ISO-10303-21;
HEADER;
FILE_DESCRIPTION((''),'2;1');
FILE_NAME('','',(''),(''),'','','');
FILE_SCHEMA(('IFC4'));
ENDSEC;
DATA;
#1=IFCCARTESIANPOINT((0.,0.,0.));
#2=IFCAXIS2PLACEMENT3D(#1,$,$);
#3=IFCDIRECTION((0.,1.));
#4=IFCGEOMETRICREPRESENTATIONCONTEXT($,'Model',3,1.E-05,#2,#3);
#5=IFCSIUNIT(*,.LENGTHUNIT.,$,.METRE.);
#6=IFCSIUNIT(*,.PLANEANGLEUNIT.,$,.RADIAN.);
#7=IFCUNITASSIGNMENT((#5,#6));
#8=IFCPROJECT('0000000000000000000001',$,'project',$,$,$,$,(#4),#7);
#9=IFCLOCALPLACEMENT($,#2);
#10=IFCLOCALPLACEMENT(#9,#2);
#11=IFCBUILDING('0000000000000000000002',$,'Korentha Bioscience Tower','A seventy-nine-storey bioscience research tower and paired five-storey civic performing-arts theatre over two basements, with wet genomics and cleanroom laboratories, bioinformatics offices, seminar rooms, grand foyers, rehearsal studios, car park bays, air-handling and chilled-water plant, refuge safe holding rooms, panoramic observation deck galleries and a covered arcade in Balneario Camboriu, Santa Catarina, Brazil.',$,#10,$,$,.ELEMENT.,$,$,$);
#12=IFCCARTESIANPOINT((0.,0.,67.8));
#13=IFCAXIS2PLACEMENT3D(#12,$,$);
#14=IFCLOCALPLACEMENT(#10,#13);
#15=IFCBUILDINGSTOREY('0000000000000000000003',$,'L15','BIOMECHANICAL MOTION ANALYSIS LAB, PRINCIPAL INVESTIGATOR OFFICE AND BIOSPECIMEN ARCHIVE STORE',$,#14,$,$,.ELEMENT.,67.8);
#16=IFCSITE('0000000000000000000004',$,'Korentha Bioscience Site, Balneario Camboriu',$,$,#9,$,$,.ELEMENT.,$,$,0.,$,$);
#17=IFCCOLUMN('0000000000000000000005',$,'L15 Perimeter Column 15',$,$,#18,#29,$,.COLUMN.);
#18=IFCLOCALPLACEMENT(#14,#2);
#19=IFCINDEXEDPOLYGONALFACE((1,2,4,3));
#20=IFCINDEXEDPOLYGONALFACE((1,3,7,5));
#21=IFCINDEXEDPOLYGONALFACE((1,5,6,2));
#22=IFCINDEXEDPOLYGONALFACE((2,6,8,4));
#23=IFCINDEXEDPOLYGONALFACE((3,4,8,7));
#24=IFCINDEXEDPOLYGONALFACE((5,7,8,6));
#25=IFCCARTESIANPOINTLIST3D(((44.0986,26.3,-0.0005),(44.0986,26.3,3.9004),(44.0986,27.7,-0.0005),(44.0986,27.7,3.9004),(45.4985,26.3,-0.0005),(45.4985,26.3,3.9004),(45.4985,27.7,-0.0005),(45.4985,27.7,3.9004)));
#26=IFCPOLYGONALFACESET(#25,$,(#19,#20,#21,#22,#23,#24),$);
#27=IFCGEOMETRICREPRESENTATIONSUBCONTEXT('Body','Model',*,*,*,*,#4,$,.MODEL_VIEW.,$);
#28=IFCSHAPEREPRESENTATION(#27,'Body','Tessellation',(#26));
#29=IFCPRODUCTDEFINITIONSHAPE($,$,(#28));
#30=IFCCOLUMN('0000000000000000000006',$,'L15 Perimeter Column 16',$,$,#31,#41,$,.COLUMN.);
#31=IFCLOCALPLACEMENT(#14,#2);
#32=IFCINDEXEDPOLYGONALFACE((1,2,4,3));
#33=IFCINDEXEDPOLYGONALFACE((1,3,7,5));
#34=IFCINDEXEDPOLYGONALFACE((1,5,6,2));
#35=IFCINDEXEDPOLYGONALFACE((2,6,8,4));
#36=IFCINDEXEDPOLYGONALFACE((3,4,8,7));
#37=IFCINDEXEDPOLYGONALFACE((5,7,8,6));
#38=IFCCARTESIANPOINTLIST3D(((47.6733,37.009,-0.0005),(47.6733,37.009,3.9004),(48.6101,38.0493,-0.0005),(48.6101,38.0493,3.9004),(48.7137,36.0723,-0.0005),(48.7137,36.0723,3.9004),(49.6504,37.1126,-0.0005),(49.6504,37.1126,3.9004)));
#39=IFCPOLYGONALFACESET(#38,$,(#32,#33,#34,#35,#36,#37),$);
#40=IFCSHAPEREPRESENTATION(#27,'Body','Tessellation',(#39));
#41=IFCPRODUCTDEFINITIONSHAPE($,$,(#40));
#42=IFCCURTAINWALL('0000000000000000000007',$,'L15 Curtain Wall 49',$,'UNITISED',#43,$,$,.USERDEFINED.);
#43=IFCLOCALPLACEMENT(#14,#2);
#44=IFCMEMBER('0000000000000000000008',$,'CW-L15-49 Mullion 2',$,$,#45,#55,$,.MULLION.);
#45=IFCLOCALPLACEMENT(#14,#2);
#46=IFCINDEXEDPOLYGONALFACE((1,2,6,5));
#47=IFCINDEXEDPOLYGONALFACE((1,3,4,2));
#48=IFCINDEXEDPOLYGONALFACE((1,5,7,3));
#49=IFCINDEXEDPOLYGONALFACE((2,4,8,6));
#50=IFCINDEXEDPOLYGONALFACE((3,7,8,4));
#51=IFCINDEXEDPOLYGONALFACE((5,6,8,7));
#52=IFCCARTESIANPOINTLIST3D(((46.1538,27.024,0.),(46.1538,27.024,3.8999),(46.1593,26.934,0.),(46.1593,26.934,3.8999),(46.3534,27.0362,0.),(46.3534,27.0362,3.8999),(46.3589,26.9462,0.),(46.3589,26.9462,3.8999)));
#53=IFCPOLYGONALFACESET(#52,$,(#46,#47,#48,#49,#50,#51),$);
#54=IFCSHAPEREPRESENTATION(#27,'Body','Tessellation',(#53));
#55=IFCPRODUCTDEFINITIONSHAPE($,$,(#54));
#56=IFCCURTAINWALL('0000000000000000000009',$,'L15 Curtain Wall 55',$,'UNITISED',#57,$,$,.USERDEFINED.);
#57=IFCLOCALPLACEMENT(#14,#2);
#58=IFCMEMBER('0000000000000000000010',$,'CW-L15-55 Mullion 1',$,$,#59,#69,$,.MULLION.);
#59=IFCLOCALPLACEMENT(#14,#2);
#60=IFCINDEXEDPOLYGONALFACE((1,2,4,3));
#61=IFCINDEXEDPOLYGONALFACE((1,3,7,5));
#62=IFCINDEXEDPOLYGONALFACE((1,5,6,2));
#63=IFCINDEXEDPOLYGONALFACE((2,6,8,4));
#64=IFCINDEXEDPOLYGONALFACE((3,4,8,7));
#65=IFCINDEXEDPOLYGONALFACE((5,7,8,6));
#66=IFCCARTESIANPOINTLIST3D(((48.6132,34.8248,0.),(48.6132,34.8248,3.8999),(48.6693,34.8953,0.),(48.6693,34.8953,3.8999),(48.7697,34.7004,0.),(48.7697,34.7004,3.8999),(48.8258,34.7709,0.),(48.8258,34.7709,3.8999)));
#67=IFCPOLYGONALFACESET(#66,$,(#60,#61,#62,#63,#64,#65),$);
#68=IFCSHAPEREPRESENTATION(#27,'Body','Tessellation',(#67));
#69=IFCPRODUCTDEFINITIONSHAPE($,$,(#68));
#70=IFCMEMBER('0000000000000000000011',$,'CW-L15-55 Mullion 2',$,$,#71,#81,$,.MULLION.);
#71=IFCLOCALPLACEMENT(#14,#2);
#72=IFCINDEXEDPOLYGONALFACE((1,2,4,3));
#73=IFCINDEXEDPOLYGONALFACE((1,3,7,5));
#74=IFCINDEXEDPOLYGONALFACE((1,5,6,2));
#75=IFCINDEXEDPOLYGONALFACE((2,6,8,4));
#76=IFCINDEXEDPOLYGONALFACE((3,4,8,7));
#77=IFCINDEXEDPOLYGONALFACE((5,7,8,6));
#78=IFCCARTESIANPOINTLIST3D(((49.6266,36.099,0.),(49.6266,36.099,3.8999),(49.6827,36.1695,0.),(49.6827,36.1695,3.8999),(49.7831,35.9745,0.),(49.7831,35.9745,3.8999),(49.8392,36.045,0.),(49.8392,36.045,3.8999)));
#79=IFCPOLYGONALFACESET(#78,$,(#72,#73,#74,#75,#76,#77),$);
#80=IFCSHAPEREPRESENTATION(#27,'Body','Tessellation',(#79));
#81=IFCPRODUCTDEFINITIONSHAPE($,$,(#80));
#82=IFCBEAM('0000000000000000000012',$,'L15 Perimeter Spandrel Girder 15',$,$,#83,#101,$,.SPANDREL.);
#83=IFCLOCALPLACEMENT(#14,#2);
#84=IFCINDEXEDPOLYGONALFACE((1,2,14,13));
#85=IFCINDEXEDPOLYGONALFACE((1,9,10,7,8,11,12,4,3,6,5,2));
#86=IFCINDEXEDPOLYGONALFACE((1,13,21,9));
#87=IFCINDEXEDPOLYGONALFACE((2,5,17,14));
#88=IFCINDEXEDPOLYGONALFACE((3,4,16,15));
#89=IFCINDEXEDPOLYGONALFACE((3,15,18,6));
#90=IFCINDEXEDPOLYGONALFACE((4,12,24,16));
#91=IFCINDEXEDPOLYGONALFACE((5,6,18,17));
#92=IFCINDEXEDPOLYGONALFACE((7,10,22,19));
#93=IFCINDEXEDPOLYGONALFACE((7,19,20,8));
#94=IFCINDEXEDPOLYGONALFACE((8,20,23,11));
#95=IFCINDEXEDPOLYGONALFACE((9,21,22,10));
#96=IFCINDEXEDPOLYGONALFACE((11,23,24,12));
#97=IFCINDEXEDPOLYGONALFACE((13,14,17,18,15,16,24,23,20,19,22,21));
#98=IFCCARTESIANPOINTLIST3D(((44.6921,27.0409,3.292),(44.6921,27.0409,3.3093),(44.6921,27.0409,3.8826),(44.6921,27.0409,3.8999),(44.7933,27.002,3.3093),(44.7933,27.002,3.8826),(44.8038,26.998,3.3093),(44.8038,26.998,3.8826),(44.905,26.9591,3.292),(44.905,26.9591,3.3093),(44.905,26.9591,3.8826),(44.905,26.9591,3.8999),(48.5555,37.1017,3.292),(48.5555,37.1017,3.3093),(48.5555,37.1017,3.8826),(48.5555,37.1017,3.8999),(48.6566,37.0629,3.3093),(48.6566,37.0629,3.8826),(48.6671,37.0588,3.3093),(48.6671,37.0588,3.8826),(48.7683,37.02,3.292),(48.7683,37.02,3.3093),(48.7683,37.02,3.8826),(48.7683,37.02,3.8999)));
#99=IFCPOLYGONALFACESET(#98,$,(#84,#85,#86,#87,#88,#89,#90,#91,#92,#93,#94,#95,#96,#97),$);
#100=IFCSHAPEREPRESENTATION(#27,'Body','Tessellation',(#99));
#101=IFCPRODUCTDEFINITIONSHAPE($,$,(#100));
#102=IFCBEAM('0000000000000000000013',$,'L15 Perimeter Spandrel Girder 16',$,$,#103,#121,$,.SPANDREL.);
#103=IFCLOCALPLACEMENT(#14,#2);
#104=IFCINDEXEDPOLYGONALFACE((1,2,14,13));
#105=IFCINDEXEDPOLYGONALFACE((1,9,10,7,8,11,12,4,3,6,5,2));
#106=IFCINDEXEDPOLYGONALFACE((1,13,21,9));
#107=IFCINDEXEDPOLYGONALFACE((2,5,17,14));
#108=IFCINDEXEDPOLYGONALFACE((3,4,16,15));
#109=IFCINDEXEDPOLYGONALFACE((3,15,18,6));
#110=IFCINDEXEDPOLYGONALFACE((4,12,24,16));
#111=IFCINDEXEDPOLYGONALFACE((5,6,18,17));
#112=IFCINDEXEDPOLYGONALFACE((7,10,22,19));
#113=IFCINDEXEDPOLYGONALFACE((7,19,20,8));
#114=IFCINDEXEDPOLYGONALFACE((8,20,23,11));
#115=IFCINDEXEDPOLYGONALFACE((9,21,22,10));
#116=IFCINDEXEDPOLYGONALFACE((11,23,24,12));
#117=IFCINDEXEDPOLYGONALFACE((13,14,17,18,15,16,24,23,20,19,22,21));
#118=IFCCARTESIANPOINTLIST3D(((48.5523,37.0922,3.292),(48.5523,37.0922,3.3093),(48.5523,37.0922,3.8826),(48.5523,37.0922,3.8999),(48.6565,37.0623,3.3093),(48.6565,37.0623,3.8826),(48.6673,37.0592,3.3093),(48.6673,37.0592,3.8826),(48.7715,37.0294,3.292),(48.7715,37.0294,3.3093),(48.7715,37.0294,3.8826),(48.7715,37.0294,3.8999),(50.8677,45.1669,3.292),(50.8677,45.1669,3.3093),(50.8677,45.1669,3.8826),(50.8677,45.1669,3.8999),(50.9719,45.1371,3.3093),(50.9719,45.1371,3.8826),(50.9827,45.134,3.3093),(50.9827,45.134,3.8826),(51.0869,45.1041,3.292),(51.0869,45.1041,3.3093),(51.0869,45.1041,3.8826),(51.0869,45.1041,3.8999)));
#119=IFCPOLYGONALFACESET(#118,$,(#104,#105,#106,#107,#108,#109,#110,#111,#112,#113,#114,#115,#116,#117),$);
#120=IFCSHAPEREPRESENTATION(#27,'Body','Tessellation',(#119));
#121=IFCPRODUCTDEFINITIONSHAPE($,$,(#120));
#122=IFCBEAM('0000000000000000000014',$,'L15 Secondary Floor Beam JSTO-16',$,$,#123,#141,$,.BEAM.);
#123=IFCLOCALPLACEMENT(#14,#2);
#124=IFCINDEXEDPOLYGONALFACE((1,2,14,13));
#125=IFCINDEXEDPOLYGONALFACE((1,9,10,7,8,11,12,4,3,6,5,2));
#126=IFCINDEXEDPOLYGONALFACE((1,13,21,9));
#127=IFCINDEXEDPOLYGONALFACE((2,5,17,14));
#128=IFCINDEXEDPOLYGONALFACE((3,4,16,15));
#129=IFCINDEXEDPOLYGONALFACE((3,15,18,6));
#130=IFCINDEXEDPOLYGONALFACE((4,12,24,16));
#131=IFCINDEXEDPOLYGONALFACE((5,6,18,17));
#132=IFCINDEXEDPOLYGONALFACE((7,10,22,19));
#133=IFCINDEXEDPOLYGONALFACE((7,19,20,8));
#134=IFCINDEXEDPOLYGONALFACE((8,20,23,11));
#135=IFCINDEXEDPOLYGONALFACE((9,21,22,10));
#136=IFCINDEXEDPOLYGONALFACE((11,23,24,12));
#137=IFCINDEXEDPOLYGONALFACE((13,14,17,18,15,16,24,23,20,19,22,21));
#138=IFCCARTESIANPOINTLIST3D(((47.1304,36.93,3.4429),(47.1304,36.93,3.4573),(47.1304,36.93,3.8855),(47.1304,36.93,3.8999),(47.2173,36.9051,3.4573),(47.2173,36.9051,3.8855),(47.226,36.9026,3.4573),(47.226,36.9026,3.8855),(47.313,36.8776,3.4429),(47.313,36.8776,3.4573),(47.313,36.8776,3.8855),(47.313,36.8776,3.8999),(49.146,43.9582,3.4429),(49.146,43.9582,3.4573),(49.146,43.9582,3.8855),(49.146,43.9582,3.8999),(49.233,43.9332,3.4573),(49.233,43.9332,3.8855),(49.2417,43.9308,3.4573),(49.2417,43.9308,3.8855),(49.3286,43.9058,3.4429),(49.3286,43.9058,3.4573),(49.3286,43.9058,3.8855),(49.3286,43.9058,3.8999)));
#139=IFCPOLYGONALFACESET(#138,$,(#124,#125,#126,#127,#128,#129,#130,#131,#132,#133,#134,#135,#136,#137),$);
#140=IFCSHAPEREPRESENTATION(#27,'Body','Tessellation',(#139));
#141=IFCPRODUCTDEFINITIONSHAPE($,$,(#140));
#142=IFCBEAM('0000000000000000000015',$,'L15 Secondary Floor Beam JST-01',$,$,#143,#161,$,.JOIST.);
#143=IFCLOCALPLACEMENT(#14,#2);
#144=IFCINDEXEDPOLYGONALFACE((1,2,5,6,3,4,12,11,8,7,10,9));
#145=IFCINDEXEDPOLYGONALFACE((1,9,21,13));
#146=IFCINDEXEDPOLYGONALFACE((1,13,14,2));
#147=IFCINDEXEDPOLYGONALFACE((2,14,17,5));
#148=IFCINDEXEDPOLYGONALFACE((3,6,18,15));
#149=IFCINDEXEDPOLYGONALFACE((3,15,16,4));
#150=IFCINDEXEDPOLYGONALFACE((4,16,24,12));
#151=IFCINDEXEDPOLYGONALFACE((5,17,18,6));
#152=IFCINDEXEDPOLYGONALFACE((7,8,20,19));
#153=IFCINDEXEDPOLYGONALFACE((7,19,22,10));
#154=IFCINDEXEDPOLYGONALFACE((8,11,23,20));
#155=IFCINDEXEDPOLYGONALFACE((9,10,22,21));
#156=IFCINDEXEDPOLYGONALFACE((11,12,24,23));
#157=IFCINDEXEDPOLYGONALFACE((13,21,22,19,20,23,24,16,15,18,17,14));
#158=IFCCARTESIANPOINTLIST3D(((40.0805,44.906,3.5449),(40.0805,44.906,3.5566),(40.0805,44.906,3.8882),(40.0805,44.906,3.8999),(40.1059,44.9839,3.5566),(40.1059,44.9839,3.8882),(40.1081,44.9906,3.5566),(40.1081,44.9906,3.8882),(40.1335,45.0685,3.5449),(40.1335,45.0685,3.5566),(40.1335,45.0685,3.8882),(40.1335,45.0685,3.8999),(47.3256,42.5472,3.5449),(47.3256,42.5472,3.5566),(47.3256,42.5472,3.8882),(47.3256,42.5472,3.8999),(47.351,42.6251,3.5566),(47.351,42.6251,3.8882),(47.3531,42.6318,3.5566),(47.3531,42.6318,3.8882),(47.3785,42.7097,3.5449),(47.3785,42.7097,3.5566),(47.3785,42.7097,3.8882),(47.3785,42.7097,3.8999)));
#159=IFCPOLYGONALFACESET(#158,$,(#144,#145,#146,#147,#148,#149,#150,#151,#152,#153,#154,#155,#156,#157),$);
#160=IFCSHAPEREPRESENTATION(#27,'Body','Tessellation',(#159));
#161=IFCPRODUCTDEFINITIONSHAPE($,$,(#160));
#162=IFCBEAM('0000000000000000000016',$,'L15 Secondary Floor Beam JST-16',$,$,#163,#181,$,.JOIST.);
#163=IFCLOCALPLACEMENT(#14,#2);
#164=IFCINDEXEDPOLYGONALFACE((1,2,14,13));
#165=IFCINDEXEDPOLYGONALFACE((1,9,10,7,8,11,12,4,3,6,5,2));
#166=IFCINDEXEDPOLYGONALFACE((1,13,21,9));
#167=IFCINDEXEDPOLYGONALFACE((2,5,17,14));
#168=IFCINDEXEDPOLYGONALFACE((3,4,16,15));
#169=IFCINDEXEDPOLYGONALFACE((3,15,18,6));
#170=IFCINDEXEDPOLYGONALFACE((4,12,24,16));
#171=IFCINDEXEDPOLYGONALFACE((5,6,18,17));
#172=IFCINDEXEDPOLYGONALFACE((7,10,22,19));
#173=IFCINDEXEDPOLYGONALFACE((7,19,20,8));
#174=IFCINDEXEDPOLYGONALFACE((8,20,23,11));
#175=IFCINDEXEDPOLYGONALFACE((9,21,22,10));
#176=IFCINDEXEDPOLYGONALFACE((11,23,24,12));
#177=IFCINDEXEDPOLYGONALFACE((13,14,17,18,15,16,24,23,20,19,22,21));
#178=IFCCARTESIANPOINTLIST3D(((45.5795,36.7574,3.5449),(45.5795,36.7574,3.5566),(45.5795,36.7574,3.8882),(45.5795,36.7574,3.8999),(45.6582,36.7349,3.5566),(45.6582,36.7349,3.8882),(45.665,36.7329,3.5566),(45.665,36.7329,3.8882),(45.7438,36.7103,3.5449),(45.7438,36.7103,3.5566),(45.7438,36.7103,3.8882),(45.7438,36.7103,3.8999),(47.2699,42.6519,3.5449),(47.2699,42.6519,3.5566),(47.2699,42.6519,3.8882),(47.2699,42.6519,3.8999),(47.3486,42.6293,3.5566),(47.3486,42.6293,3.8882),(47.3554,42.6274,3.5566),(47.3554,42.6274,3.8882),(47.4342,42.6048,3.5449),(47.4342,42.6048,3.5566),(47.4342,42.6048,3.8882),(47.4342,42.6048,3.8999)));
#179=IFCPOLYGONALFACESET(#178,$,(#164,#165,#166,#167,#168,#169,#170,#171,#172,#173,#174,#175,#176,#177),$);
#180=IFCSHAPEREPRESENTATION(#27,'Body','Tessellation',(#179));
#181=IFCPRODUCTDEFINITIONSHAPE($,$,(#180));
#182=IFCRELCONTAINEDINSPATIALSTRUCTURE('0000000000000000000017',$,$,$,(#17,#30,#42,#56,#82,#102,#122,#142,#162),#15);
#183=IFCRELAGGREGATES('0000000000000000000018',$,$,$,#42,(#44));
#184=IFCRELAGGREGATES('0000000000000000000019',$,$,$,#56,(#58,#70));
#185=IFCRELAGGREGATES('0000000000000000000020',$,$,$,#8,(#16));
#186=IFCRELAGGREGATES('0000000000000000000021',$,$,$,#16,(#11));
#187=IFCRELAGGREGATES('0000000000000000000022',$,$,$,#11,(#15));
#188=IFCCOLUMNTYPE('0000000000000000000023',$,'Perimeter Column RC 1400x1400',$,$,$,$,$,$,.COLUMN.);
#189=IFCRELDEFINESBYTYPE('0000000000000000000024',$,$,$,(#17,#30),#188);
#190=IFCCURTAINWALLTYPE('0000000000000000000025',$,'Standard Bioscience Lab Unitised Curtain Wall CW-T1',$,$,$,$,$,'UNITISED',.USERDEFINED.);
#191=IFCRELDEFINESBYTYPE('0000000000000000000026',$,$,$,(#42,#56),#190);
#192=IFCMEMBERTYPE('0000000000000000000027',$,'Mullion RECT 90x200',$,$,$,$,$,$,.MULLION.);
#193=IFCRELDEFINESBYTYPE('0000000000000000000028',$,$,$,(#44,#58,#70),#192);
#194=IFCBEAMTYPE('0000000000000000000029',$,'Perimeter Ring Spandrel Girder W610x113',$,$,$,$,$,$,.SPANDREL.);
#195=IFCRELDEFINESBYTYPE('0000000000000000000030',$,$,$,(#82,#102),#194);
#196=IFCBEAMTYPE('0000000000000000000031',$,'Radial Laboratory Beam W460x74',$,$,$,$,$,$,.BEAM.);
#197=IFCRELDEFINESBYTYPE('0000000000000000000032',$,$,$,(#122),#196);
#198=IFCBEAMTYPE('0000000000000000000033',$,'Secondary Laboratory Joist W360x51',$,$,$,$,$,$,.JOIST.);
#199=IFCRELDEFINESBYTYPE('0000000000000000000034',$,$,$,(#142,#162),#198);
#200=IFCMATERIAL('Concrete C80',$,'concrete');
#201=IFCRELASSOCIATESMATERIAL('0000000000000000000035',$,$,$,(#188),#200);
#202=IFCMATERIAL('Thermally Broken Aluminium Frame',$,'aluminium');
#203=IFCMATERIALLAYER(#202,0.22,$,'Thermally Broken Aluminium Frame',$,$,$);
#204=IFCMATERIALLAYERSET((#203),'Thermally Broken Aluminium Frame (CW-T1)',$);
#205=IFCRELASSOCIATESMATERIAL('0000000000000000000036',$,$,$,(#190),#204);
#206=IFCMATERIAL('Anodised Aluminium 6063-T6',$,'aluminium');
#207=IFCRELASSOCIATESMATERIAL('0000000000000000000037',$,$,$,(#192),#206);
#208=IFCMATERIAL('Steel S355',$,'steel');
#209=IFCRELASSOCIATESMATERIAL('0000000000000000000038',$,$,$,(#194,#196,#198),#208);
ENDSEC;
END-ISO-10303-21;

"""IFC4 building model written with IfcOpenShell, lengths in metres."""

from ifc_helpers import new_model, si_unit, direction, frame, origin, origin_2d, place, context, subcontext, project, spatial, rectangle, i_section, extrude, material, layer, layer_set, material_profile, profile_set, type_object, element, aggregate, save


model = new_model("IFC4")

# Units and contexts
model_context = context("Model", 3, precision=1e-05, world=origin(), true_north=direction((0.0, 1.0)))
body_context = subcontext(model_context, "Body", "Model", "MODEL_VIEW")
ifc_project = project(units=[si_unit("LENGTHUNIT", "METRE"), si_unit("PLANEANGLEUNIT", "RADIAN")], contexts=[model_context])

# Site, building, storey
site_placement = place(None, origin())
site = spatial("IfcSite", under=ifc_project, at=site_placement, Name="Korentha Bioscience Site, Balneario Camboriu", CompositionType="ELEMENT", RefElevation=0.0)
building_placement = place(site_placement, origin())
building = spatial("IfcBuilding", under=site, at=building_placement, Name="Korentha Bioscience Tower", Description="A seventy-nine-storey bioscience research tower and paired five-storey civic performing-arts theatre over two basements, with wet genomics and cleanroom laboratories, bioinformatics offices, seminar rooms, grand foyers, rehearsal studios, car park bays, air-handling and chilled-water plant, refuge safe holding rooms, panoramic observation deck galleries and a covered arcade in Balneario Camboriu, Santa Catarina, Brazil.", CompositionType="ELEMENT")
storey_placement = place(building_placement, frame((0.0, 0.0, 67.8)))
storey = spatial("IfcBuildingStorey", under=building, at=storey_placement, Name="L15", Description="BIOMECHANICAL MOTION ANALYSIS LAB, PRINCIPAL INVESTIGATOR OFFICE AND BIOSPECIMEN ARCHIVE STORE", CompositionType="ELEMENT", Elevation=67.8)

# Columns
ifc_material_1 = material(Name="Concrete C80", Category="concrete")
ifc_material_profile_1 = material_profile(ifc_material_1, rectangle(XDim=1.3999, YDim=1.3999, at=origin_2d()), Name="Concrete C80")
ifc_profile_set_1 = profile_set([ifc_material_profile_1], Name="Concrete C80 (COL-P14)")
column_type = type_object("IfcColumnType", Name="Perimeter Column RC 1400x1400", PredefinedType="COLUMN", material=ifc_profile_set_1)
for number, where, z_axis, x_axis, name in (
    (1, (44.7986, 27.0, -0.0005), (0.0, 0.0, 1.0), (0.0, 1.0, 0.0), "L15 Perimeter Column 15"),
    (2, (48.6619, 37.0608, -0.0005), (0.0, 0.0, 1.0), (0.669131, 0.743145, 0.0), "L15 Perimeter Column 16"),
):
    element("IfcColumn", number, at=place(storey_placement, frame(where, z_axis=z_axis, x_axis=x_axis)), inside=storey, type_object=column_type, Name=name, PredefinedType="COLUMN", context=body_context, shape_type="SweptSolid", body=[
        extrude(rectangle(XDim=1.3999, YDim=1.3999, at=origin_2d()), origin(), (0.0, 0.0, 1.0), 3.9009),
    ])

# Curtain wall, member
ifc_material_2 = material(Name="Thermally Broken Aluminium Frame", Category="aluminium")
ifc_layer_1 = layer(ifc_material_2, 0.22, Name="Thermally Broken Aluminium Frame")
ifc_layer_set_1 = layer_set([ifc_layer_1], Name="Thermally Broken Aluminium Frame (CW-T1)")
curtain_wall_type = type_object("IfcCurtainWallType", Name="Standard Bioscience Lab Unitised Curtain Wall CW-T1", ElementType="UNITISED", PredefinedType="USERDEFINED", material=ifc_layer_set_1)
curtain_wall_1_placement = place(storey_placement, origin())
curtain_wall_1 = element("IfcCurtainWall", 3, at=curtain_wall_1_placement, inside=storey, type_object=curtain_wall_type, Name="L15 Curtain Wall 49", ObjectType="UNITISED", PredefinedType="USERDEFINED")
ifc_material_3 = material(Name="Anodised Aluminium 6063-T6", Category="aluminium")
ifc_material_profile_2 = material_profile(ifc_material_3, rectangle(XDim=0.0901, YDim=0.2, at=origin_2d()), Name="Anodised Aluminium 6063-T6")
ifc_profile_set_2 = profile_set([ifc_material_profile_2], Name="Anodised Aluminium 6063-T6 (CW-MUL)")
member_type_1 = type_object("IfcMemberType", Name="Mullion RECT 90x200", PredefinedType="MULLION", material=ifc_profile_set_2)
member_1_placement = place(storey_placement, frame((46.2563, 26.9851, 0.0), z_axis=(0.0, 0.0, 1.0), x_axis=(-0.061008, 0.998137, 0.0)))
member_1 = element("IfcMember", 4, at=member_1_placement, type_object=member_type_1, Name="CW-L15-49 Mullion 2", PredefinedType="MULLION", context=body_context, shape_type="SweptSolid", body=[
    extrude(rectangle(XDim=0.0901, YDim=0.2, at=origin_2d()), origin(), (0.0, 0.0, 1.0), 3.8999),
])
aggregate(curtain_wall_1, [member_1])

# Curtain wall, members
curtain_wall_2_placement = place(storey_placement, origin())
curtain_wall_2 = element("IfcCurtainWall", 5, at=curtain_wall_2_placement, inside=storey, type_object=curtain_wall_type, Name="L15 Curtain Wall 55", ObjectType="UNITISED", PredefinedType="USERDEFINED")
member_2_placement = place(storey_placement, frame((48.7195, 34.7979, 0.0), z_axis=(0.0, 0.0, 1.0), x_axis=(0.62252, 0.782604, 0.0)))
member_2 = element("IfcMember", 6, at=member_2_placement, type_object=member_type_1, Name="CW-L15-55 Mullion 1", PredefinedType="MULLION", context=body_context, shape_type="SweptSolid", body=[
    extrude(rectangle(XDim=0.0901, YDim=0.2, at=origin_2d()), origin(), (0.0, 0.0, 1.0), 3.8999),
])
member_3_placement = place(storey_placement, frame((49.7329, 36.072, 0.0), z_axis=(0.0, 0.0, 1.0), x_axis=(0.62252, 0.782604, 0.0)))
member_3 = element("IfcMember", 7, at=member_3_placement, type_object=member_type_1, Name="CW-L15-55 Mullion 2", PredefinedType="MULLION", context=body_context, shape_type="SweptSolid", body=[
    extrude(rectangle(XDim=0.0901, YDim=0.2, at=origin_2d()), origin(), (0.0, 0.0, 1.0), 3.8999),
])

# Beams
ifc_material_4 = material(Name="Steel S355", Category="steel")
ifc_material_profile_3 = material_profile(ifc_material_4, i_section(OverallWidth=0.228, OverallDepth=0.6079, WebThickness=0.0112, FlangeThickness=0.0173, at=origin_2d()), Name="Steel S355")
ifc_profile_set_3 = profile_set([ifc_material_profile_3], Name="Steel S355 (SB-610)")
beam_type_1 = type_object("IfcBeamType", Name="Perimeter Ring Spandrel Girder W610x113", PredefinedType="SPANDREL", material=ifc_profile_set_3)
beam_1_placement = place(storey_placement, frame((44.7986, 27.0, 3.5959), z_axis=(0.358474, 0.93354, 0.0), x_axis=(-0.93354, 0.358474, 0.0)))
element("IfcBeam", 8, at=beam_1_placement, inside=storey, type_object=beam_type_1, Name="L15 Perimeter Spandrel Girder 15", PredefinedType="SPANDREL", context=body_context, shape_type="SweptSolid", body=[
    extrude(i_section(OverallWidth=0.228, OverallDepth=0.6079, WebThickness=0.0112, FlangeThickness=0.0173, at=origin_2d()), origin(), (0.0, 0.0, 1.0), 10.7771),
])
beam_2_placement = place(storey_placement, frame((48.6619, 37.0608, 3.5959), z_axis=(0.275642, 0.96126, 0.0), x_axis=(-0.96126, 0.275642, 0.0)))
element("IfcBeam", 9, at=beam_2_placement, inside=storey, type_object=beam_type_1, Name="L15 Perimeter Spandrel Girder 16", PredefinedType="SPANDREL", context=body_context, shape_type="SweptSolid", body=[
    extrude(i_section(OverallWidth=0.228, OverallDepth=0.6079, WebThickness=0.0112, FlangeThickness=0.0173, at=origin_2d()), origin(), (0.0, 0.0, 1.0), 8.4001),
])
ifc_material_profile_4 = material_profile(ifc_material_4, i_section(OverallWidth=0.1899, OverallDepth=0.457, WebThickness=0.009, FlangeThickness=0.0144, at=origin_2d()), Name="Steel S355")
ifc_profile_set_4 = profile_set([ifc_material_profile_4], Name="Steel S355 (RB-460)")
beam_type_2 = type_object("IfcBeamType", Name="Radial Laboratory Beam W460x74", PredefinedType="BEAM", material=ifc_profile_set_4)
beam_3_placement = place(storey_placement, frame((47.2217, 36.9038, 3.6714), z_axis=(0.275682, 0.961249, 0.0), x_axis=(-0.961249, 0.275682, 0.0)))
element("IfcBeam", 10, at=beam_3_placement, inside=storey, type_object=beam_type_2, Name="L15 Secondary Floor Beam JSTO-16", PredefinedType="BEAM", context=body_context, shape_type="SweptSolid", body=[
    extrude(i_section(OverallWidth=0.1899, OverallDepth=0.457, WebThickness=0.009, FlangeThickness=0.0144, at=origin_2d()), origin(), (0.0, 0.0, 1.0), 7.3115),
])
ifc_material_profile_5 = material_profile(ifc_material_4, i_section(OverallWidth=0.1709, OverallDepth=0.355, WebThickness=0.0071, FlangeThickness=0.0117, at=origin_2d()), Name="Steel S355")
ifc_profile_set_5 = profile_set([ifc_material_profile_5], Name="Steel S355 (JB-360)")
beam_type_3 = type_object("IfcBeamType", Name="Secondary Laboratory Joist W360x51", PredefinedType="JOIST", material=ifc_profile_set_5)
beam_4_placement = place(storey_placement, frame((47.3521, 42.6284, 3.7224), z_axis=(-0.950871, 0.309587, 0.0), x_axis=(-0.309587, -0.950871, 0.0)))
element("IfcBeam", 11, at=beam_4_placement, inside=storey, type_object=beam_type_3, Name="L15 Secondary Floor Beam JST-01", PredefinedType="JOIST", context=body_context, shape_type="SweptSolid", body=[
    extrude(i_section(OverallWidth=0.1709, OverallDepth=0.355, WebThickness=0.0071, FlangeThickness=0.0117, at=origin_2d()), origin(), (0.0, 0.0, 1.0), 7.6194),
])
beam_5_placement = place(storey_placement, frame((45.6616, 36.7339, 3.7224), z_axis=(0.275668, 0.961253, 0.0), x_axis=(-0.961253, 0.275668, 0.0)))
element("IfcBeam", 12, at=beam_5_placement, inside=storey, type_object=beam_type_3, Name="L15 Secondary Floor Beam JST-16", PredefinedType="JOIST", context=body_context, shape_type="SweptSolid", body=[
    extrude(i_section(OverallWidth=0.1709, OverallDepth=0.355, WebThickness=0.0071, FlangeThickness=0.0117, at=origin_2d()), origin(), (0.0, 0.0, 1.0), 6.1321),
])

aggregate(curtain_wall_2, [member_2, member_3])

save(model, "model.ifc")
